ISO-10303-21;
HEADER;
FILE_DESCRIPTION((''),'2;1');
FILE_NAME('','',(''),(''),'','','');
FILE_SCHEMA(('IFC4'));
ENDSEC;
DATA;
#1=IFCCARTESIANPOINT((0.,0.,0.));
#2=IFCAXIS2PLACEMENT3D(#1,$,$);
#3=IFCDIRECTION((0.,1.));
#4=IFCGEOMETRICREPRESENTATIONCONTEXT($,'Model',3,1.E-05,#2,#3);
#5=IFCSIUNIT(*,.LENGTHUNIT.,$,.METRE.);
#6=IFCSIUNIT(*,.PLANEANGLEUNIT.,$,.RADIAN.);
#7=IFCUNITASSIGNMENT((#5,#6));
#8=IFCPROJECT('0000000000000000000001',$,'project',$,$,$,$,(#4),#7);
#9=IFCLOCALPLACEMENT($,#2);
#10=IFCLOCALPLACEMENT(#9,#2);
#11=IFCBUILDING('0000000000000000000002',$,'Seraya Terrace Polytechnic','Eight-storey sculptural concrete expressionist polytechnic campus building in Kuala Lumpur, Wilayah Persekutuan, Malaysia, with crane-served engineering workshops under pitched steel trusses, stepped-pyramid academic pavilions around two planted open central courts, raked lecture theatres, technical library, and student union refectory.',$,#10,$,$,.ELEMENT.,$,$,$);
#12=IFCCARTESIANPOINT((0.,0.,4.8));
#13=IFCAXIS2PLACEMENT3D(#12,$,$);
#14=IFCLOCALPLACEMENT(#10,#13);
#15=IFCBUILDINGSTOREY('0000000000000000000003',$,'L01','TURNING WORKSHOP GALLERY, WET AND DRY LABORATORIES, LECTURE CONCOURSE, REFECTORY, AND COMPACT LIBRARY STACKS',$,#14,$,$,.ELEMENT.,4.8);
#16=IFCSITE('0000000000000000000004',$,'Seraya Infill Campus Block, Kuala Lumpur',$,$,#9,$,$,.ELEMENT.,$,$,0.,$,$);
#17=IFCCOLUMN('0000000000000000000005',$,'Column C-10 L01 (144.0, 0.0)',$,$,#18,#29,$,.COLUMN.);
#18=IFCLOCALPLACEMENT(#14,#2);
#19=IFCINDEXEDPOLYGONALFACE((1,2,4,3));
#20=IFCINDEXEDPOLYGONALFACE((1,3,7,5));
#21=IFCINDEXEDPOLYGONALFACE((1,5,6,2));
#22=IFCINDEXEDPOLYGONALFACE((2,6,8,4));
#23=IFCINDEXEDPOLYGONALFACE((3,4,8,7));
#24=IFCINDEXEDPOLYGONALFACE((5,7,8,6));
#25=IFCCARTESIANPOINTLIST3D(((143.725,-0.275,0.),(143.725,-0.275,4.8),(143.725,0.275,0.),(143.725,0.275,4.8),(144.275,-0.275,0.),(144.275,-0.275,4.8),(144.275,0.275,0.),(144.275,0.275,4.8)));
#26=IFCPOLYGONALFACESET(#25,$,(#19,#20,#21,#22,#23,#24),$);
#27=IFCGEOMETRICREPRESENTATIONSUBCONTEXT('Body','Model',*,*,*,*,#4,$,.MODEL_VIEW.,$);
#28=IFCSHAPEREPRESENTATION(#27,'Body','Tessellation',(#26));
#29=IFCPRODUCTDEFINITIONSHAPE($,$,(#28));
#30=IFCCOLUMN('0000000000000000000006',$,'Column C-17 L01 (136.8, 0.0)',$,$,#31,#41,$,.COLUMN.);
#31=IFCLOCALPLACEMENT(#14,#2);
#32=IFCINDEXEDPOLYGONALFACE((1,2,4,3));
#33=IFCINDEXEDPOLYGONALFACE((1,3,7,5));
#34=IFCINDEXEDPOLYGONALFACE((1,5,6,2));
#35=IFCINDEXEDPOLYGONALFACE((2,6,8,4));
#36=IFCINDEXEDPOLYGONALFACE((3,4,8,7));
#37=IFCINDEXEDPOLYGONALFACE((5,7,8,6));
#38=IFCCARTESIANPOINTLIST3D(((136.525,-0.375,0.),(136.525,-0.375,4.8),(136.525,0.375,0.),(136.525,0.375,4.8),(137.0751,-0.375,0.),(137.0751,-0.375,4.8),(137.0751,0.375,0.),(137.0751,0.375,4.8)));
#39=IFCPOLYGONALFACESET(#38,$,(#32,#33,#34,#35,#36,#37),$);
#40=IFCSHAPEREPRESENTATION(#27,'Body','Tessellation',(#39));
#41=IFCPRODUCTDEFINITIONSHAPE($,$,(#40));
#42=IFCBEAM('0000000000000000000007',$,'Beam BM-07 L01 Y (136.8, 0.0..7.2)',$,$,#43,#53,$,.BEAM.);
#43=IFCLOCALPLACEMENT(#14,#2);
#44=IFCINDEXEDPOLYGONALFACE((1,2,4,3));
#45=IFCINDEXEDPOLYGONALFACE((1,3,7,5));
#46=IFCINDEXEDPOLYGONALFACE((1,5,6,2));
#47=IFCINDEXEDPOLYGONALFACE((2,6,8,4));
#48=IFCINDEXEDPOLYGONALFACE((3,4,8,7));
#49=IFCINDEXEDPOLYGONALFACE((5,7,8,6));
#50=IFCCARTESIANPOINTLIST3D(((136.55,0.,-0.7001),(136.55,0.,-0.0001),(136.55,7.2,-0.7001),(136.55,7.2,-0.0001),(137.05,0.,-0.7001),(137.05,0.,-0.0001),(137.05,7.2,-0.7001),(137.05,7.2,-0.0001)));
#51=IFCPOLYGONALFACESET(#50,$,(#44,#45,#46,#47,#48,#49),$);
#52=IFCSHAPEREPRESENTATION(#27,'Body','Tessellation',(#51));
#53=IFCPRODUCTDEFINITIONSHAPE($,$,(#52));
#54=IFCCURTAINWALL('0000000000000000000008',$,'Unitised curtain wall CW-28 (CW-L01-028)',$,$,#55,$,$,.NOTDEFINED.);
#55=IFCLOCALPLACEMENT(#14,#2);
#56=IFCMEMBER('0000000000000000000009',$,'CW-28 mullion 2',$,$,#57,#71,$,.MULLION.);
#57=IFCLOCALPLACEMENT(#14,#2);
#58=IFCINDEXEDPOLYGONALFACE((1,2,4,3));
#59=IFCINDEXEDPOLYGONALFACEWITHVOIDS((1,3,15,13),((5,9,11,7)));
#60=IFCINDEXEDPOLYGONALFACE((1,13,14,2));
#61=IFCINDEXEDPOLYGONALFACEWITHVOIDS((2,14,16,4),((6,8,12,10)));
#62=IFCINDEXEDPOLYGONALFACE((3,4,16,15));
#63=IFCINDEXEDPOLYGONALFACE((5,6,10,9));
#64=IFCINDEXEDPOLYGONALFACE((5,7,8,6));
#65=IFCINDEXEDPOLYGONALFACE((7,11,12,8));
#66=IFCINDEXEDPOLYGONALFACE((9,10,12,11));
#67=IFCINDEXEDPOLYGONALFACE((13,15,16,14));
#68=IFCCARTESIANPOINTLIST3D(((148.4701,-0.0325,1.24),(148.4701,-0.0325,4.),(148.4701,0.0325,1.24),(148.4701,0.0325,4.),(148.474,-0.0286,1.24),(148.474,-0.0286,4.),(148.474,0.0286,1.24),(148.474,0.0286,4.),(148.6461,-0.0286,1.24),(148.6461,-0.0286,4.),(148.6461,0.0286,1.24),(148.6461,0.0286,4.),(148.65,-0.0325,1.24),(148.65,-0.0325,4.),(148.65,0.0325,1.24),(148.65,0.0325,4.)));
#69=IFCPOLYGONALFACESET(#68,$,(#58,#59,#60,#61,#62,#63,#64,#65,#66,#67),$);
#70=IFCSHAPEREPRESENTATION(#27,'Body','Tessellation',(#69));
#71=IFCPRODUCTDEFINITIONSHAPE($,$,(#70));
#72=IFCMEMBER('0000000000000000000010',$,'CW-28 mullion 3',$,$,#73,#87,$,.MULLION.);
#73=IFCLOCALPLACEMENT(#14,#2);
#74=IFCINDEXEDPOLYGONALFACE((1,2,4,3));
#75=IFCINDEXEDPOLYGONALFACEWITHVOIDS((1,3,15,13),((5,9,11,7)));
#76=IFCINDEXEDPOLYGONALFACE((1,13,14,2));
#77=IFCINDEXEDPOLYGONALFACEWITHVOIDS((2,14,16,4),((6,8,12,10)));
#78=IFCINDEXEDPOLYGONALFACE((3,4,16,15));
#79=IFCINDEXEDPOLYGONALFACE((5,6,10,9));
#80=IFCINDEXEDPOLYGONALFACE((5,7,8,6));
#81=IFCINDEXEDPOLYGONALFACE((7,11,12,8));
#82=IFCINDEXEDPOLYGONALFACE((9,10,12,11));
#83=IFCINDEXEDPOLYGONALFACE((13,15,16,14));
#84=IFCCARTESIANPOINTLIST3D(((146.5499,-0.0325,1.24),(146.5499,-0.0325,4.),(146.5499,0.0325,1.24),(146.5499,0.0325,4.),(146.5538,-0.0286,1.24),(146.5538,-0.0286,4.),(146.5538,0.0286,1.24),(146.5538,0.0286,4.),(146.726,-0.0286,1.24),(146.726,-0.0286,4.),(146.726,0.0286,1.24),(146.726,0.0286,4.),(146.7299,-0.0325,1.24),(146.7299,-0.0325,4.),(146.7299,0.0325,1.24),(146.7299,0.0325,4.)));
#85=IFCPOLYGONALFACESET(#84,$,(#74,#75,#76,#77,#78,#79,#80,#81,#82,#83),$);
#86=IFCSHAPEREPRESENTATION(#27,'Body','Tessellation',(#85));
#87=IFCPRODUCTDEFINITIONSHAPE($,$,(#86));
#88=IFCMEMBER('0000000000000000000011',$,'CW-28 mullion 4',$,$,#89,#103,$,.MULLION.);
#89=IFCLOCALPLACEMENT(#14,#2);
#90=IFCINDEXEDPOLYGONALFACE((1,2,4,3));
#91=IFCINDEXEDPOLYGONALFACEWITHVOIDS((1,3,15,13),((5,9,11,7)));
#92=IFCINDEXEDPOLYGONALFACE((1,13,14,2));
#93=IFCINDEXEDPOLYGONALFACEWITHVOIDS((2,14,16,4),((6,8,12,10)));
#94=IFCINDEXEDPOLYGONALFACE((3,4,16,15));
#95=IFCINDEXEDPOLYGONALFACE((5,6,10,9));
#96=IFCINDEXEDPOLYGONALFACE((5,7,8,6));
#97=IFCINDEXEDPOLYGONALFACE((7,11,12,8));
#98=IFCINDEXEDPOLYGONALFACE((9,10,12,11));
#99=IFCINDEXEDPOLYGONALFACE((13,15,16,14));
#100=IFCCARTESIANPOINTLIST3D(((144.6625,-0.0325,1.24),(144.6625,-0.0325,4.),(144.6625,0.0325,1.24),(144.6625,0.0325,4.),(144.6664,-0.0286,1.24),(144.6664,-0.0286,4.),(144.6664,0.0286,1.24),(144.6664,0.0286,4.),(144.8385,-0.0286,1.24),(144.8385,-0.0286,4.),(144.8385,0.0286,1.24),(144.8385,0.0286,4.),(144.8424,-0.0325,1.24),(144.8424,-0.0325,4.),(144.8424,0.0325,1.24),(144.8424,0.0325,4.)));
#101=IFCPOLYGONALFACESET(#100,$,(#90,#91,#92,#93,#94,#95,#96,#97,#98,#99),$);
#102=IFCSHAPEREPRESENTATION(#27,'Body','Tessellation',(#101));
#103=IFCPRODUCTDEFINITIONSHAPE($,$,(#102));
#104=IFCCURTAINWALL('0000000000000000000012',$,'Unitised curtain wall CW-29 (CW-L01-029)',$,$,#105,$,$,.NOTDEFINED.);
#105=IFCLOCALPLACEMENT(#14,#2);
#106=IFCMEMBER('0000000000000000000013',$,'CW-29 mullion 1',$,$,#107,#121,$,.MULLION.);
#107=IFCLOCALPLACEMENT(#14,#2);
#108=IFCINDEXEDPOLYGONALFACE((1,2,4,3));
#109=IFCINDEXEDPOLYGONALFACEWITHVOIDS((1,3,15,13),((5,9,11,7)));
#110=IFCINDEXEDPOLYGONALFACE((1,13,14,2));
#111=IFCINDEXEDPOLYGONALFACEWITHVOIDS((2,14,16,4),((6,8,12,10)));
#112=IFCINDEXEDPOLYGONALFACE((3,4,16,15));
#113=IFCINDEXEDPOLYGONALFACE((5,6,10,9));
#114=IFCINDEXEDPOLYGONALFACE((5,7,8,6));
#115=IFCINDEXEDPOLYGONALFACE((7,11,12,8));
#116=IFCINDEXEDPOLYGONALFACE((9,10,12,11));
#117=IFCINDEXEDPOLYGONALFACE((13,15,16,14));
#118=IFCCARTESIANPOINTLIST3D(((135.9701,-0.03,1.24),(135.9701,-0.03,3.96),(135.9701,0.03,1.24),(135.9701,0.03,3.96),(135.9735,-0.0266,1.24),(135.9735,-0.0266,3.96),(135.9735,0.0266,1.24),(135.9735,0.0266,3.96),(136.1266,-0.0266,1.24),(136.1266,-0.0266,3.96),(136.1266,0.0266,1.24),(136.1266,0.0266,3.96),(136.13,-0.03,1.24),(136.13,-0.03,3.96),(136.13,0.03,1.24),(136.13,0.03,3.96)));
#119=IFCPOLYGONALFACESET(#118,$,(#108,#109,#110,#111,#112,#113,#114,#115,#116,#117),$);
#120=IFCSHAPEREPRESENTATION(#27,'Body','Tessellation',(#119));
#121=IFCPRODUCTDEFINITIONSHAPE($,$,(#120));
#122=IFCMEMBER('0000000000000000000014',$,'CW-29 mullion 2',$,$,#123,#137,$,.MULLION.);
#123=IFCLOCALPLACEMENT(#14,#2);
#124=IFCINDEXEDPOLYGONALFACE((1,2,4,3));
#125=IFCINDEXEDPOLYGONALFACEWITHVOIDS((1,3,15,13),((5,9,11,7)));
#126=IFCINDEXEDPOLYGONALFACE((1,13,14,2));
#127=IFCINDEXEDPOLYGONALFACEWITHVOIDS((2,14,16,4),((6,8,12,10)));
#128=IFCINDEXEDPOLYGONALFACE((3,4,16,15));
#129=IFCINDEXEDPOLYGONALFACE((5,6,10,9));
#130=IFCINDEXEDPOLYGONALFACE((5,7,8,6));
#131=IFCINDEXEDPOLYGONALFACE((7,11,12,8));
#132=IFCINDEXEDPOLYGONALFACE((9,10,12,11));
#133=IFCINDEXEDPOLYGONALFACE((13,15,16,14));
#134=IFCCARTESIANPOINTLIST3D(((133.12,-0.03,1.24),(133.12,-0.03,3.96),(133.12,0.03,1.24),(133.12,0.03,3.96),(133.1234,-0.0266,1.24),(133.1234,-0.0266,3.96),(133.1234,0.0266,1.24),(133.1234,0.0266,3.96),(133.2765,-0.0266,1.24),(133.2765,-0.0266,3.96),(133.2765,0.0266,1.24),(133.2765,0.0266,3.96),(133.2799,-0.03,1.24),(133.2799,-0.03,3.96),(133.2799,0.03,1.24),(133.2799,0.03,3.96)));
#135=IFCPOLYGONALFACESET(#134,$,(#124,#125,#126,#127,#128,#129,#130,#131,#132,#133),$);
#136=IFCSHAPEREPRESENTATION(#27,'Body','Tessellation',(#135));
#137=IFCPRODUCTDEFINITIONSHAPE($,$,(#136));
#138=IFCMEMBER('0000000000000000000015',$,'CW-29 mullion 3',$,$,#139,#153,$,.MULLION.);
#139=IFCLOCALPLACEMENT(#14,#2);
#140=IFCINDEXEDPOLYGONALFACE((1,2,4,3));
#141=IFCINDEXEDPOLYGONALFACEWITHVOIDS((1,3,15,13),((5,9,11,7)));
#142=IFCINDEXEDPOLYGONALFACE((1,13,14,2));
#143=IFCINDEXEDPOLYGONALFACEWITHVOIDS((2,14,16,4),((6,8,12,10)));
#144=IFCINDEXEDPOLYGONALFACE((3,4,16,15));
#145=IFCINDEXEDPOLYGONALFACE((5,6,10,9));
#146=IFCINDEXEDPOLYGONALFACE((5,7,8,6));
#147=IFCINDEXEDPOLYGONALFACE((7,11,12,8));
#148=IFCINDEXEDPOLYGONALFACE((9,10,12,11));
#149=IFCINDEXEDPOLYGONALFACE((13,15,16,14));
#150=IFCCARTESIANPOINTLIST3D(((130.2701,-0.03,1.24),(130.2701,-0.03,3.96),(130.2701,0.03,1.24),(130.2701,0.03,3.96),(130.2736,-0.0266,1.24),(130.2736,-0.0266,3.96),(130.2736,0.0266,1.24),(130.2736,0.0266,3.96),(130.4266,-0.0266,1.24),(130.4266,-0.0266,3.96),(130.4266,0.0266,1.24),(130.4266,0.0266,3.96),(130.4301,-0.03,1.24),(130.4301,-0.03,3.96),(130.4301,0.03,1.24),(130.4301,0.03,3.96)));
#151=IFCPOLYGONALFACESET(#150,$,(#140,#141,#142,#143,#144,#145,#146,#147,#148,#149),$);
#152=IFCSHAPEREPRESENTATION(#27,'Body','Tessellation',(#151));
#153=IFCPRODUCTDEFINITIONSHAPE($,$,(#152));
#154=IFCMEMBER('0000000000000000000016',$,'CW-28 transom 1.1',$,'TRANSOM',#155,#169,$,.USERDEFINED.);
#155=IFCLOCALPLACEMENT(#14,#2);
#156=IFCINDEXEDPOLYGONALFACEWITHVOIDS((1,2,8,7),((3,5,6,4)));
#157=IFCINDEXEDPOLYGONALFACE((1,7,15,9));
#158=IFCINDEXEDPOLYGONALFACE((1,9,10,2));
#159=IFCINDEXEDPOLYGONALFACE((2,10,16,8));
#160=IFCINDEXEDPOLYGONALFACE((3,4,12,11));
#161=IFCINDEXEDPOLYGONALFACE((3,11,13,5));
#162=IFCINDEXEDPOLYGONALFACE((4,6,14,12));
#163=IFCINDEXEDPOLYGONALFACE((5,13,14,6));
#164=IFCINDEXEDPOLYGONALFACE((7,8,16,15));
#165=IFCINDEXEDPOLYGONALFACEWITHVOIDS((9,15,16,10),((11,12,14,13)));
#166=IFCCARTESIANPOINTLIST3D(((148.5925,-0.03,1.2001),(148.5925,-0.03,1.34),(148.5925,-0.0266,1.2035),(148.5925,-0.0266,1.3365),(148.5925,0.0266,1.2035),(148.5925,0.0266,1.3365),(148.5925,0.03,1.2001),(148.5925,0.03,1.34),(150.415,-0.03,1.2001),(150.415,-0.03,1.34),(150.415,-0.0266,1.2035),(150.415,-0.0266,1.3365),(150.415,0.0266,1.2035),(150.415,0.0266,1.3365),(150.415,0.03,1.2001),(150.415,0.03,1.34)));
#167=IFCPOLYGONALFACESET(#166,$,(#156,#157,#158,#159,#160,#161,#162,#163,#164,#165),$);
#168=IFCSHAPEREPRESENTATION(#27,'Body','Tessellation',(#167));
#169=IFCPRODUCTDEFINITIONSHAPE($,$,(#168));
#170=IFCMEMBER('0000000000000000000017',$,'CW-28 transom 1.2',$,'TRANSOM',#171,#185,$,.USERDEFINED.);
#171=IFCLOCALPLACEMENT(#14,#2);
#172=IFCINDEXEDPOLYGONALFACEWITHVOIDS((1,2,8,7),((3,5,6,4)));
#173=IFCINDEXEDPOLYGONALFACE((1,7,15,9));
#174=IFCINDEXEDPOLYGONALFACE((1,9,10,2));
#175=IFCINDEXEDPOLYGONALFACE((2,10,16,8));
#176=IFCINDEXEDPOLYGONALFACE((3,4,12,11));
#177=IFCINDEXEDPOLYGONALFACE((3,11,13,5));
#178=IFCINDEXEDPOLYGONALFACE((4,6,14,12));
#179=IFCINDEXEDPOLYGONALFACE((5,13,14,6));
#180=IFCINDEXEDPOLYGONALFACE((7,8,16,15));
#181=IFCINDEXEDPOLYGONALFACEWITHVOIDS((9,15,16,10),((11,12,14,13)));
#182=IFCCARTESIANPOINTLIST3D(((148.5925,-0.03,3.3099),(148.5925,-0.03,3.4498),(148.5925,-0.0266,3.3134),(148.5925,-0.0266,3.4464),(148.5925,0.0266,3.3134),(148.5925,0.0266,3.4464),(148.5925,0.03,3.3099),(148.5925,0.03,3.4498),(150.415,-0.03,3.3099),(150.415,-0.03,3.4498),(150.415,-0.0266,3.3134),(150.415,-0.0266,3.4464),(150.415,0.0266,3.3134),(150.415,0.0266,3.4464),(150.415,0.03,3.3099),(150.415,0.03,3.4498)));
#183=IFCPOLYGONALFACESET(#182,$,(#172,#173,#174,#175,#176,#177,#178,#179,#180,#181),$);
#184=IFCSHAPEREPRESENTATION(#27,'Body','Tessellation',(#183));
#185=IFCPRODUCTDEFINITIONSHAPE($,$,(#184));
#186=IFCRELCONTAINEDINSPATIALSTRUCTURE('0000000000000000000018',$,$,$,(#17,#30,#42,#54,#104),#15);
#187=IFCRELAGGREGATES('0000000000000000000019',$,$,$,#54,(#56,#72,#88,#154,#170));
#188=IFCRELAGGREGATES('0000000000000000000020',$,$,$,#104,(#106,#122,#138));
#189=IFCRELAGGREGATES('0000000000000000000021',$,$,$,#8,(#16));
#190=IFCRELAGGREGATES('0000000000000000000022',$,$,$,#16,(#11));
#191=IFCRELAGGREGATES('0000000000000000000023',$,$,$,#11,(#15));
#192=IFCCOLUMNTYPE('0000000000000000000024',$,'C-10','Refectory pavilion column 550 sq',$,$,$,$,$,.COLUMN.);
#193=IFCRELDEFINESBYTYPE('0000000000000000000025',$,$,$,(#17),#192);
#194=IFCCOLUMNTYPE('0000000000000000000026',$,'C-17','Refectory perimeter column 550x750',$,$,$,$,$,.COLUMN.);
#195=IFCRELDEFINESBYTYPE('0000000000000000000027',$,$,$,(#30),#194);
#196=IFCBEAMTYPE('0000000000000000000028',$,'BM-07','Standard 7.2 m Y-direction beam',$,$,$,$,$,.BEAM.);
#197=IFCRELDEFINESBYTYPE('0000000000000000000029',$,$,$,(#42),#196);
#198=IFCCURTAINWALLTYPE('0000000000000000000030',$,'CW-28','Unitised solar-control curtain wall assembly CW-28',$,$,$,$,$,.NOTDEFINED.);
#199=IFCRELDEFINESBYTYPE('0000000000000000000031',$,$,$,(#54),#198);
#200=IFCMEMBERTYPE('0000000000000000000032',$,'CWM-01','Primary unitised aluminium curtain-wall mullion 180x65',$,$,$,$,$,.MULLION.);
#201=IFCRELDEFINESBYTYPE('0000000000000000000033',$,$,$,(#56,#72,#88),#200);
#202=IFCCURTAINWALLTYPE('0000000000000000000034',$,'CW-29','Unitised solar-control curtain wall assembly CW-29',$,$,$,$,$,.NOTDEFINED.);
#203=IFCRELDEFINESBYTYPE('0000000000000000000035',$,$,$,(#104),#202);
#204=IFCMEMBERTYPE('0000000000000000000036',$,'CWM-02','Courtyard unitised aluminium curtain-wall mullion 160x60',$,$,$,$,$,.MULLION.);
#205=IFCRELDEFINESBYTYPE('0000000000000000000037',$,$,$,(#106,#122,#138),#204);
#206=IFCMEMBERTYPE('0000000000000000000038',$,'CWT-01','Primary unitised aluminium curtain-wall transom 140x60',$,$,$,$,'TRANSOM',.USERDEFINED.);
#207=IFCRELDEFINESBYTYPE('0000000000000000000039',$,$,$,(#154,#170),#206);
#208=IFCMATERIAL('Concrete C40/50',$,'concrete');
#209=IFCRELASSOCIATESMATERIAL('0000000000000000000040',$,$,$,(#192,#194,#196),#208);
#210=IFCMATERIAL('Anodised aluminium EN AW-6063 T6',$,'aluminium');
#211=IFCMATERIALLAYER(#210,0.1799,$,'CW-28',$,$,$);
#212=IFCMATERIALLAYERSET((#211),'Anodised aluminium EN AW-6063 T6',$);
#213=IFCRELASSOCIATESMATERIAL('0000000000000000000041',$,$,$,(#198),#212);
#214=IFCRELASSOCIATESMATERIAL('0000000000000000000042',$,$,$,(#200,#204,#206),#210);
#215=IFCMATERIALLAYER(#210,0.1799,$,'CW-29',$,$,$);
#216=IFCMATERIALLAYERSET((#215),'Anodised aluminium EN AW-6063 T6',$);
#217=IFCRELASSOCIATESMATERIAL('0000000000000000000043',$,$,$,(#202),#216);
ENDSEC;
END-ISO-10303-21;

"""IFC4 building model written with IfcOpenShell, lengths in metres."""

from ifc_helpers import new_model, si_unit, direction, frame, origin, origin_2d, place, context, subcontext, project, spatial, rectangle, hollow_rectangle, extrude, material, layer, layer_set, material_profile, profile_set, type_object, element, aggregate, save


model = new_model("IFC4")

# Units and contexts
model_context = context("Model", 3, precision=1e-05, world=origin(), true_north=direction((0.0, 1.0)))
body_context = subcontext(model_context, "Body", "Model", "MODEL_VIEW")
ifc_project = project(units=[si_unit("LENGTHUNIT", "METRE"), si_unit("PLANEANGLEUNIT", "RADIAN")], contexts=[model_context])

# Site, building, storey
site_placement = place(None, origin())
site = spatial("IfcSite", under=ifc_project, at=site_placement, Name="Seraya Infill Campus Block, Kuala Lumpur", CompositionType="ELEMENT", RefElevation=0.0)
building_placement = place(site_placement, origin())
building = spatial("IfcBuilding", under=site, at=building_placement, Name="Seraya Terrace Polytechnic", Description="Eight-storey sculptural concrete expressionist polytechnic campus building in Kuala Lumpur, Wilayah Persekutuan, Malaysia, with crane-served engineering workshops under pitched steel trusses, stepped-pyramid academic pavilions around two planted open central courts, raked lecture theatres, technical library, and student union refectory.", CompositionType="ELEMENT")
storey_placement = place(building_placement, frame((0.0, 0.0, 4.8)))
storey = spatial("IfcBuildingStorey", under=building, at=storey_placement, Name="L01", Description="TURNING WORKSHOP GALLERY, WET AND DRY LABORATORIES, LECTURE CONCOURSE, REFECTORY, AND COMPACT LIBRARY STACKS", CompositionType="ELEMENT", Elevation=4.8)

# Columns
ifc_material_1 = material(Name="Concrete C40/50", Category="concrete")
ifc_material_profile_1 = material_profile(ifc_material_1, rectangle(XDim=0.55, YDim=0.55, at=origin_2d()), Name="RC 550x550")
ifc_profile_set_1 = profile_set([ifc_material_profile_1], Name="Concrete C40/50")
column_type_1 = type_object("IfcColumnType", Name="C-10", Description="Refectory pavilion column 550 sq", PredefinedType="COLUMN", material=ifc_profile_set_1)
column_1_placement = place(storey_placement, frame((144.0, 0.0, 0.0), z_axis=(0.0, 0.0, 1.0), x_axis=(1.0, 0.0, 0.0)))
element("IfcColumn", 1, at=column_1_placement, inside=storey, type_object=column_type_1, Name="Column C-10 L01 (144.0, 0.0)", PredefinedType="COLUMN", context=body_context, shape_type="SweptSolid", body=[
    extrude(rectangle(XDim=0.55, YDim=0.55, at=origin_2d()), origin(), (0.0, 0.0, 1.0), 4.8),
])
ifc_material_profile_2 = material_profile(ifc_material_1, rectangle(XDim=0.55, YDim=0.75, at=origin_2d()), Name="RC 550x750")
ifc_profile_set_2 = profile_set([ifc_material_profile_2], Name="Concrete C40/50")
column_type_2 = type_object("IfcColumnType", Name="C-17", Description="Refectory perimeter column 550x750", PredefinedType="COLUMN", material=ifc_profile_set_2)
column_2_placement = place(storey_placement, frame((136.8, 0.0, 0.0), z_axis=(0.0, 0.0, 1.0), x_axis=(1.0, 0.0, 0.0)))
element("IfcColumn", 2, at=column_2_placement, inside=storey, type_object=column_type_2, Name="Column C-17 L01 (136.8, 0.0)", PredefinedType="COLUMN", context=body_context, shape_type="SweptSolid", body=[
    extrude(rectangle(XDim=0.55, YDim=0.75, at=origin_2d()), origin(), (0.0, 0.0, 1.0), 4.8),
])

# Beam
ifc_material_profile_3 = material_profile(ifc_material_1, rectangle(XDim=0.5, YDim=0.7, at=origin_2d()), Name="RC 500x700")
ifc_profile_set_3 = profile_set([ifc_material_profile_3], Name="Concrete C40/50")
beam_type_1 = type_object("IfcBeamType", Name="BM-07", Description="Standard 7.2 m Y-direction beam", PredefinedType="BEAM", material=ifc_profile_set_3)
beam_placement = place(storey_placement, frame((136.8, 0.0, -0.3501), z_axis=(0.0, 1.0, 0.0), x_axis=(-1.0, 0.0, 0.0)))
element("IfcBeam", 3, at=beam_placement, inside=storey, type_object=beam_type_1, Name="Beam BM-07 L01 Y (136.8, 0.0..7.2)", PredefinedType="BEAM", context=body_context, shape_type="SweptSolid", body=[
    extrude(rectangle(XDim=0.5, YDim=0.7, at=origin_2d()), origin(), (0.0, 0.0, 1.0), 7.2),
])

# Curtain walls, members
ifc_material_2 = material(Name="Anodised aluminium EN AW-6063 T6", Category="aluminium")
ifc_layer_1 = layer(ifc_material_2, 0.1799, Name="CW-28")
ifc_layer_set_1 = layer_set([ifc_layer_1], Name="Anodised aluminium EN AW-6063 T6")
curtain_wall_type_1 = type_object("IfcCurtainWallType", Name="CW-28", Description="Unitised solar-control curtain wall assembly CW-28", PredefinedType="NOTDEFINED", material=ifc_layer_set_1)
curtain_wall_1_placement = place(storey_placement, origin())
curtain_wall_1 = element("IfcCurtainWall", 4, at=curtain_wall_1_placement, inside=storey, type_object=curtain_wall_type_1, Name="Unitised curtain wall CW-28 (CW-L01-028)", PredefinedType="NOTDEFINED")
ifc_material_profile_4 = material_profile(ifc_material_2, hollow_rectangle(XDim=0.0649, YDim=0.1799, WallThickness=0.0039, at=origin_2d()), Name="RHS 180x65x4.0")
ifc_profile_set_4 = profile_set([ifc_material_profile_4], Name="Anodised aluminium EN AW-6063 T6")
member_type_1 = type_object("IfcMemberType", Name="CWM-01", Description="Primary unitised aluminium curtain-wall mullion 180x65", PredefinedType="MULLION", material=ifc_profile_set_4)
member_1_placement = place(storey_placement, frame((148.5601, 0.0, 1.24), z_axis=(0.0, 0.0, 1.0), x_axis=(0.0, -1.0, 0.0)))
member_1 = element("IfcMember", 5, at=member_1_placement, type_object=member_type_1, Name="CW-28 mullion 2", PredefinedType="MULLION", context=body_context, shape_type="SweptSolid", body=[
    extrude(hollow_rectangle(XDim=0.0649, YDim=0.1799, WallThickness=0.0039, at=origin_2d()), origin(), (0.0, 0.0, 1.0), 2.76),
])
member_2_placement = place(storey_placement, frame((146.6399, 0.0, 1.24), z_axis=(0.0, 0.0, 1.0), x_axis=(0.0, -1.0, 0.0)))
member_2 = element("IfcMember", 6, at=member_2_placement, type_object=member_type_1, Name="CW-28 mullion 3", PredefinedType="MULLION", context=body_context, shape_type="SweptSolid", body=[
    extrude(hollow_rectangle(XDim=0.0649, YDim=0.1799, WallThickness=0.0039, at=origin_2d()), origin(), (0.0, 0.0, 1.0), 2.76),
])
member_3_placement = place(storey_placement, frame((144.7524, 0.0, 1.24), z_axis=(0.0, 0.0, 1.0), x_axis=(0.0, -1.0, 0.0)))
member_3 = element("IfcMember", 7, at=member_3_placement, type_object=member_type_1, Name="CW-28 mullion 4", PredefinedType="MULLION", context=body_context, shape_type="SweptSolid", body=[
    extrude(hollow_rectangle(XDim=0.0649, YDim=0.1799, WallThickness=0.0039, at=origin_2d()), origin(), (0.0, 0.0, 1.0), 2.76),
])
ifc_layer_2 = layer(ifc_material_2, 0.1799, Name="CW-29")
ifc_layer_set_2 = layer_set([ifc_layer_2], Name="Anodised aluminium EN AW-6063 T6")
curtain_wall_type_2 = type_object("IfcCurtainWallType", Name="CW-29", Description="Unitised solar-control curtain wall assembly CW-29", PredefinedType="NOTDEFINED", material=ifc_layer_set_2)
curtain_wall_2_placement = place(storey_placement, origin())
curtain_wall_2 = element("IfcCurtainWall", 8, at=curtain_wall_2_placement, inside=storey, type_object=curtain_wall_type_2, Name="Unitised curtain wall CW-29 (CW-L01-029)", PredefinedType="NOTDEFINED")
ifc_material_profile_5 = material_profile(ifc_material_2, hollow_rectangle(XDim=0.0601, YDim=0.1599, WallThickness=0.0034, at=origin_2d()), Name="RHS 160x60x3.5")
ifc_profile_set_5 = profile_set([ifc_material_profile_5], Name="Anodised aluminium EN AW-6063 T6")
member_type_2 = type_object("IfcMemberType", Name="CWM-02", Description="Courtyard unitised aluminium curtain-wall mullion 160x60", PredefinedType="MULLION", material=ifc_profile_set_5)
member_4_placement = place(storey_placement, frame((136.05, 0.0, 1.24), z_axis=(0.0, 0.0, 1.0), x_axis=(0.0, -1.0, 0.0)))
member_4 = element("IfcMember", 9, at=member_4_placement, type_object=member_type_2, Name="CW-29 mullion 1", PredefinedType="MULLION", context=body_context, shape_type="SweptSolid", body=[
    extrude(hollow_rectangle(XDim=0.0601, YDim=0.1599, WallThickness=0.0034, at=origin_2d()), origin(), (0.0, 0.0, 1.0), 2.72),
])
member_5_placement = place(storey_placement, frame((133.2, 0.0, 1.24), z_axis=(0.0, 0.0, 1.0), x_axis=(0.0, -1.0, 0.0)))
member_5 = element("IfcMember", 10, at=member_5_placement, type_object=member_type_2, Name="CW-29 mullion 2", PredefinedType="MULLION", context=body_context, shape_type="SweptSolid", body=[
    extrude(hollow_rectangle(XDim=0.0601, YDim=0.1599, WallThickness=0.0034, at=origin_2d()), origin(), (0.0, 0.0, 1.0), 2.72),
])
member_6_placement = place(storey_placement, frame((130.3501, 0.0, 1.24), z_axis=(0.0, 0.0, 1.0), x_axis=(0.0, -1.0, 0.0)))
member_6 = element("IfcMember", 11, at=member_6_placement, type_object=member_type_2, Name="CW-29 mullion 3", PredefinedType="MULLION", context=body_context, shape_type="SweptSolid", body=[
    extrude(hollow_rectangle(XDim=0.0601, YDim=0.1599, WallThickness=0.0034, at=origin_2d()), origin(), (0.0, 0.0, 1.0), 2.72),
])

# Members
ifc_material_profile_6 = material_profile(ifc_material_2, hollow_rectangle(XDim=0.0601, YDim=0.1399, WallThickness=0.0034, at=origin_2d()), Name="RHS 140x60x3.5")
ifc_profile_set_6 = profile_set([ifc_material_profile_6], Name="Anodised aluminium EN AW-6063 T6")
member_type_3 = type_object("IfcMemberType", Name="CWT-01", Description="Primary unitised aluminium curtain-wall transom 140x60", ElementType="TRANSOM", PredefinedType="USERDEFINED", material=ifc_profile_set_6)
member_7_placement = place(storey_placement, frame((150.415, 0.0, 1.27), z_axis=(-1.0, 0.0, 0.0), x_axis=(0.0, -1.0, 0.0)))
member_7 = element("IfcMember", 12, at=member_7_placement, type_object=member_type_3, Name="CW-28 transom 1.1", ObjectType="TRANSOM", PredefinedType="USERDEFINED", context=body_context, shape_type="SweptSolid", body=[
    extrude(hollow_rectangle(XDim=0.0601, YDim=0.1399, WallThickness=0.0034, at=origin_2d()), origin(), (0.0, 0.0, 1.0), 1.8225),
])
member_8_placement = place(storey_placement, frame((150.415, 0.0, 3.3799), z_axis=(-1.0, 0.0, 0.0), x_axis=(0.0, -1.0, 0.0)))
member_8 = element("IfcMember", 13, at=member_8_placement, type_object=member_type_3, Name="CW-28 transom 1.2", ObjectType="TRANSOM", PredefinedType="USERDEFINED", context=body_context, shape_type="SweptSolid", body=[
    extrude(hollow_rectangle(XDim=0.0601, YDim=0.1399, WallThickness=0.0034, at=origin_2d()), origin(), (0.0, 0.0, 1.0), 1.8225),
])

aggregate(curtain_wall_1, [member_1, member_2, member_3, member_7, member_8])
aggregate(curtain_wall_2, [member_4, member_5, member_6])

save(model, "model.ifc")
